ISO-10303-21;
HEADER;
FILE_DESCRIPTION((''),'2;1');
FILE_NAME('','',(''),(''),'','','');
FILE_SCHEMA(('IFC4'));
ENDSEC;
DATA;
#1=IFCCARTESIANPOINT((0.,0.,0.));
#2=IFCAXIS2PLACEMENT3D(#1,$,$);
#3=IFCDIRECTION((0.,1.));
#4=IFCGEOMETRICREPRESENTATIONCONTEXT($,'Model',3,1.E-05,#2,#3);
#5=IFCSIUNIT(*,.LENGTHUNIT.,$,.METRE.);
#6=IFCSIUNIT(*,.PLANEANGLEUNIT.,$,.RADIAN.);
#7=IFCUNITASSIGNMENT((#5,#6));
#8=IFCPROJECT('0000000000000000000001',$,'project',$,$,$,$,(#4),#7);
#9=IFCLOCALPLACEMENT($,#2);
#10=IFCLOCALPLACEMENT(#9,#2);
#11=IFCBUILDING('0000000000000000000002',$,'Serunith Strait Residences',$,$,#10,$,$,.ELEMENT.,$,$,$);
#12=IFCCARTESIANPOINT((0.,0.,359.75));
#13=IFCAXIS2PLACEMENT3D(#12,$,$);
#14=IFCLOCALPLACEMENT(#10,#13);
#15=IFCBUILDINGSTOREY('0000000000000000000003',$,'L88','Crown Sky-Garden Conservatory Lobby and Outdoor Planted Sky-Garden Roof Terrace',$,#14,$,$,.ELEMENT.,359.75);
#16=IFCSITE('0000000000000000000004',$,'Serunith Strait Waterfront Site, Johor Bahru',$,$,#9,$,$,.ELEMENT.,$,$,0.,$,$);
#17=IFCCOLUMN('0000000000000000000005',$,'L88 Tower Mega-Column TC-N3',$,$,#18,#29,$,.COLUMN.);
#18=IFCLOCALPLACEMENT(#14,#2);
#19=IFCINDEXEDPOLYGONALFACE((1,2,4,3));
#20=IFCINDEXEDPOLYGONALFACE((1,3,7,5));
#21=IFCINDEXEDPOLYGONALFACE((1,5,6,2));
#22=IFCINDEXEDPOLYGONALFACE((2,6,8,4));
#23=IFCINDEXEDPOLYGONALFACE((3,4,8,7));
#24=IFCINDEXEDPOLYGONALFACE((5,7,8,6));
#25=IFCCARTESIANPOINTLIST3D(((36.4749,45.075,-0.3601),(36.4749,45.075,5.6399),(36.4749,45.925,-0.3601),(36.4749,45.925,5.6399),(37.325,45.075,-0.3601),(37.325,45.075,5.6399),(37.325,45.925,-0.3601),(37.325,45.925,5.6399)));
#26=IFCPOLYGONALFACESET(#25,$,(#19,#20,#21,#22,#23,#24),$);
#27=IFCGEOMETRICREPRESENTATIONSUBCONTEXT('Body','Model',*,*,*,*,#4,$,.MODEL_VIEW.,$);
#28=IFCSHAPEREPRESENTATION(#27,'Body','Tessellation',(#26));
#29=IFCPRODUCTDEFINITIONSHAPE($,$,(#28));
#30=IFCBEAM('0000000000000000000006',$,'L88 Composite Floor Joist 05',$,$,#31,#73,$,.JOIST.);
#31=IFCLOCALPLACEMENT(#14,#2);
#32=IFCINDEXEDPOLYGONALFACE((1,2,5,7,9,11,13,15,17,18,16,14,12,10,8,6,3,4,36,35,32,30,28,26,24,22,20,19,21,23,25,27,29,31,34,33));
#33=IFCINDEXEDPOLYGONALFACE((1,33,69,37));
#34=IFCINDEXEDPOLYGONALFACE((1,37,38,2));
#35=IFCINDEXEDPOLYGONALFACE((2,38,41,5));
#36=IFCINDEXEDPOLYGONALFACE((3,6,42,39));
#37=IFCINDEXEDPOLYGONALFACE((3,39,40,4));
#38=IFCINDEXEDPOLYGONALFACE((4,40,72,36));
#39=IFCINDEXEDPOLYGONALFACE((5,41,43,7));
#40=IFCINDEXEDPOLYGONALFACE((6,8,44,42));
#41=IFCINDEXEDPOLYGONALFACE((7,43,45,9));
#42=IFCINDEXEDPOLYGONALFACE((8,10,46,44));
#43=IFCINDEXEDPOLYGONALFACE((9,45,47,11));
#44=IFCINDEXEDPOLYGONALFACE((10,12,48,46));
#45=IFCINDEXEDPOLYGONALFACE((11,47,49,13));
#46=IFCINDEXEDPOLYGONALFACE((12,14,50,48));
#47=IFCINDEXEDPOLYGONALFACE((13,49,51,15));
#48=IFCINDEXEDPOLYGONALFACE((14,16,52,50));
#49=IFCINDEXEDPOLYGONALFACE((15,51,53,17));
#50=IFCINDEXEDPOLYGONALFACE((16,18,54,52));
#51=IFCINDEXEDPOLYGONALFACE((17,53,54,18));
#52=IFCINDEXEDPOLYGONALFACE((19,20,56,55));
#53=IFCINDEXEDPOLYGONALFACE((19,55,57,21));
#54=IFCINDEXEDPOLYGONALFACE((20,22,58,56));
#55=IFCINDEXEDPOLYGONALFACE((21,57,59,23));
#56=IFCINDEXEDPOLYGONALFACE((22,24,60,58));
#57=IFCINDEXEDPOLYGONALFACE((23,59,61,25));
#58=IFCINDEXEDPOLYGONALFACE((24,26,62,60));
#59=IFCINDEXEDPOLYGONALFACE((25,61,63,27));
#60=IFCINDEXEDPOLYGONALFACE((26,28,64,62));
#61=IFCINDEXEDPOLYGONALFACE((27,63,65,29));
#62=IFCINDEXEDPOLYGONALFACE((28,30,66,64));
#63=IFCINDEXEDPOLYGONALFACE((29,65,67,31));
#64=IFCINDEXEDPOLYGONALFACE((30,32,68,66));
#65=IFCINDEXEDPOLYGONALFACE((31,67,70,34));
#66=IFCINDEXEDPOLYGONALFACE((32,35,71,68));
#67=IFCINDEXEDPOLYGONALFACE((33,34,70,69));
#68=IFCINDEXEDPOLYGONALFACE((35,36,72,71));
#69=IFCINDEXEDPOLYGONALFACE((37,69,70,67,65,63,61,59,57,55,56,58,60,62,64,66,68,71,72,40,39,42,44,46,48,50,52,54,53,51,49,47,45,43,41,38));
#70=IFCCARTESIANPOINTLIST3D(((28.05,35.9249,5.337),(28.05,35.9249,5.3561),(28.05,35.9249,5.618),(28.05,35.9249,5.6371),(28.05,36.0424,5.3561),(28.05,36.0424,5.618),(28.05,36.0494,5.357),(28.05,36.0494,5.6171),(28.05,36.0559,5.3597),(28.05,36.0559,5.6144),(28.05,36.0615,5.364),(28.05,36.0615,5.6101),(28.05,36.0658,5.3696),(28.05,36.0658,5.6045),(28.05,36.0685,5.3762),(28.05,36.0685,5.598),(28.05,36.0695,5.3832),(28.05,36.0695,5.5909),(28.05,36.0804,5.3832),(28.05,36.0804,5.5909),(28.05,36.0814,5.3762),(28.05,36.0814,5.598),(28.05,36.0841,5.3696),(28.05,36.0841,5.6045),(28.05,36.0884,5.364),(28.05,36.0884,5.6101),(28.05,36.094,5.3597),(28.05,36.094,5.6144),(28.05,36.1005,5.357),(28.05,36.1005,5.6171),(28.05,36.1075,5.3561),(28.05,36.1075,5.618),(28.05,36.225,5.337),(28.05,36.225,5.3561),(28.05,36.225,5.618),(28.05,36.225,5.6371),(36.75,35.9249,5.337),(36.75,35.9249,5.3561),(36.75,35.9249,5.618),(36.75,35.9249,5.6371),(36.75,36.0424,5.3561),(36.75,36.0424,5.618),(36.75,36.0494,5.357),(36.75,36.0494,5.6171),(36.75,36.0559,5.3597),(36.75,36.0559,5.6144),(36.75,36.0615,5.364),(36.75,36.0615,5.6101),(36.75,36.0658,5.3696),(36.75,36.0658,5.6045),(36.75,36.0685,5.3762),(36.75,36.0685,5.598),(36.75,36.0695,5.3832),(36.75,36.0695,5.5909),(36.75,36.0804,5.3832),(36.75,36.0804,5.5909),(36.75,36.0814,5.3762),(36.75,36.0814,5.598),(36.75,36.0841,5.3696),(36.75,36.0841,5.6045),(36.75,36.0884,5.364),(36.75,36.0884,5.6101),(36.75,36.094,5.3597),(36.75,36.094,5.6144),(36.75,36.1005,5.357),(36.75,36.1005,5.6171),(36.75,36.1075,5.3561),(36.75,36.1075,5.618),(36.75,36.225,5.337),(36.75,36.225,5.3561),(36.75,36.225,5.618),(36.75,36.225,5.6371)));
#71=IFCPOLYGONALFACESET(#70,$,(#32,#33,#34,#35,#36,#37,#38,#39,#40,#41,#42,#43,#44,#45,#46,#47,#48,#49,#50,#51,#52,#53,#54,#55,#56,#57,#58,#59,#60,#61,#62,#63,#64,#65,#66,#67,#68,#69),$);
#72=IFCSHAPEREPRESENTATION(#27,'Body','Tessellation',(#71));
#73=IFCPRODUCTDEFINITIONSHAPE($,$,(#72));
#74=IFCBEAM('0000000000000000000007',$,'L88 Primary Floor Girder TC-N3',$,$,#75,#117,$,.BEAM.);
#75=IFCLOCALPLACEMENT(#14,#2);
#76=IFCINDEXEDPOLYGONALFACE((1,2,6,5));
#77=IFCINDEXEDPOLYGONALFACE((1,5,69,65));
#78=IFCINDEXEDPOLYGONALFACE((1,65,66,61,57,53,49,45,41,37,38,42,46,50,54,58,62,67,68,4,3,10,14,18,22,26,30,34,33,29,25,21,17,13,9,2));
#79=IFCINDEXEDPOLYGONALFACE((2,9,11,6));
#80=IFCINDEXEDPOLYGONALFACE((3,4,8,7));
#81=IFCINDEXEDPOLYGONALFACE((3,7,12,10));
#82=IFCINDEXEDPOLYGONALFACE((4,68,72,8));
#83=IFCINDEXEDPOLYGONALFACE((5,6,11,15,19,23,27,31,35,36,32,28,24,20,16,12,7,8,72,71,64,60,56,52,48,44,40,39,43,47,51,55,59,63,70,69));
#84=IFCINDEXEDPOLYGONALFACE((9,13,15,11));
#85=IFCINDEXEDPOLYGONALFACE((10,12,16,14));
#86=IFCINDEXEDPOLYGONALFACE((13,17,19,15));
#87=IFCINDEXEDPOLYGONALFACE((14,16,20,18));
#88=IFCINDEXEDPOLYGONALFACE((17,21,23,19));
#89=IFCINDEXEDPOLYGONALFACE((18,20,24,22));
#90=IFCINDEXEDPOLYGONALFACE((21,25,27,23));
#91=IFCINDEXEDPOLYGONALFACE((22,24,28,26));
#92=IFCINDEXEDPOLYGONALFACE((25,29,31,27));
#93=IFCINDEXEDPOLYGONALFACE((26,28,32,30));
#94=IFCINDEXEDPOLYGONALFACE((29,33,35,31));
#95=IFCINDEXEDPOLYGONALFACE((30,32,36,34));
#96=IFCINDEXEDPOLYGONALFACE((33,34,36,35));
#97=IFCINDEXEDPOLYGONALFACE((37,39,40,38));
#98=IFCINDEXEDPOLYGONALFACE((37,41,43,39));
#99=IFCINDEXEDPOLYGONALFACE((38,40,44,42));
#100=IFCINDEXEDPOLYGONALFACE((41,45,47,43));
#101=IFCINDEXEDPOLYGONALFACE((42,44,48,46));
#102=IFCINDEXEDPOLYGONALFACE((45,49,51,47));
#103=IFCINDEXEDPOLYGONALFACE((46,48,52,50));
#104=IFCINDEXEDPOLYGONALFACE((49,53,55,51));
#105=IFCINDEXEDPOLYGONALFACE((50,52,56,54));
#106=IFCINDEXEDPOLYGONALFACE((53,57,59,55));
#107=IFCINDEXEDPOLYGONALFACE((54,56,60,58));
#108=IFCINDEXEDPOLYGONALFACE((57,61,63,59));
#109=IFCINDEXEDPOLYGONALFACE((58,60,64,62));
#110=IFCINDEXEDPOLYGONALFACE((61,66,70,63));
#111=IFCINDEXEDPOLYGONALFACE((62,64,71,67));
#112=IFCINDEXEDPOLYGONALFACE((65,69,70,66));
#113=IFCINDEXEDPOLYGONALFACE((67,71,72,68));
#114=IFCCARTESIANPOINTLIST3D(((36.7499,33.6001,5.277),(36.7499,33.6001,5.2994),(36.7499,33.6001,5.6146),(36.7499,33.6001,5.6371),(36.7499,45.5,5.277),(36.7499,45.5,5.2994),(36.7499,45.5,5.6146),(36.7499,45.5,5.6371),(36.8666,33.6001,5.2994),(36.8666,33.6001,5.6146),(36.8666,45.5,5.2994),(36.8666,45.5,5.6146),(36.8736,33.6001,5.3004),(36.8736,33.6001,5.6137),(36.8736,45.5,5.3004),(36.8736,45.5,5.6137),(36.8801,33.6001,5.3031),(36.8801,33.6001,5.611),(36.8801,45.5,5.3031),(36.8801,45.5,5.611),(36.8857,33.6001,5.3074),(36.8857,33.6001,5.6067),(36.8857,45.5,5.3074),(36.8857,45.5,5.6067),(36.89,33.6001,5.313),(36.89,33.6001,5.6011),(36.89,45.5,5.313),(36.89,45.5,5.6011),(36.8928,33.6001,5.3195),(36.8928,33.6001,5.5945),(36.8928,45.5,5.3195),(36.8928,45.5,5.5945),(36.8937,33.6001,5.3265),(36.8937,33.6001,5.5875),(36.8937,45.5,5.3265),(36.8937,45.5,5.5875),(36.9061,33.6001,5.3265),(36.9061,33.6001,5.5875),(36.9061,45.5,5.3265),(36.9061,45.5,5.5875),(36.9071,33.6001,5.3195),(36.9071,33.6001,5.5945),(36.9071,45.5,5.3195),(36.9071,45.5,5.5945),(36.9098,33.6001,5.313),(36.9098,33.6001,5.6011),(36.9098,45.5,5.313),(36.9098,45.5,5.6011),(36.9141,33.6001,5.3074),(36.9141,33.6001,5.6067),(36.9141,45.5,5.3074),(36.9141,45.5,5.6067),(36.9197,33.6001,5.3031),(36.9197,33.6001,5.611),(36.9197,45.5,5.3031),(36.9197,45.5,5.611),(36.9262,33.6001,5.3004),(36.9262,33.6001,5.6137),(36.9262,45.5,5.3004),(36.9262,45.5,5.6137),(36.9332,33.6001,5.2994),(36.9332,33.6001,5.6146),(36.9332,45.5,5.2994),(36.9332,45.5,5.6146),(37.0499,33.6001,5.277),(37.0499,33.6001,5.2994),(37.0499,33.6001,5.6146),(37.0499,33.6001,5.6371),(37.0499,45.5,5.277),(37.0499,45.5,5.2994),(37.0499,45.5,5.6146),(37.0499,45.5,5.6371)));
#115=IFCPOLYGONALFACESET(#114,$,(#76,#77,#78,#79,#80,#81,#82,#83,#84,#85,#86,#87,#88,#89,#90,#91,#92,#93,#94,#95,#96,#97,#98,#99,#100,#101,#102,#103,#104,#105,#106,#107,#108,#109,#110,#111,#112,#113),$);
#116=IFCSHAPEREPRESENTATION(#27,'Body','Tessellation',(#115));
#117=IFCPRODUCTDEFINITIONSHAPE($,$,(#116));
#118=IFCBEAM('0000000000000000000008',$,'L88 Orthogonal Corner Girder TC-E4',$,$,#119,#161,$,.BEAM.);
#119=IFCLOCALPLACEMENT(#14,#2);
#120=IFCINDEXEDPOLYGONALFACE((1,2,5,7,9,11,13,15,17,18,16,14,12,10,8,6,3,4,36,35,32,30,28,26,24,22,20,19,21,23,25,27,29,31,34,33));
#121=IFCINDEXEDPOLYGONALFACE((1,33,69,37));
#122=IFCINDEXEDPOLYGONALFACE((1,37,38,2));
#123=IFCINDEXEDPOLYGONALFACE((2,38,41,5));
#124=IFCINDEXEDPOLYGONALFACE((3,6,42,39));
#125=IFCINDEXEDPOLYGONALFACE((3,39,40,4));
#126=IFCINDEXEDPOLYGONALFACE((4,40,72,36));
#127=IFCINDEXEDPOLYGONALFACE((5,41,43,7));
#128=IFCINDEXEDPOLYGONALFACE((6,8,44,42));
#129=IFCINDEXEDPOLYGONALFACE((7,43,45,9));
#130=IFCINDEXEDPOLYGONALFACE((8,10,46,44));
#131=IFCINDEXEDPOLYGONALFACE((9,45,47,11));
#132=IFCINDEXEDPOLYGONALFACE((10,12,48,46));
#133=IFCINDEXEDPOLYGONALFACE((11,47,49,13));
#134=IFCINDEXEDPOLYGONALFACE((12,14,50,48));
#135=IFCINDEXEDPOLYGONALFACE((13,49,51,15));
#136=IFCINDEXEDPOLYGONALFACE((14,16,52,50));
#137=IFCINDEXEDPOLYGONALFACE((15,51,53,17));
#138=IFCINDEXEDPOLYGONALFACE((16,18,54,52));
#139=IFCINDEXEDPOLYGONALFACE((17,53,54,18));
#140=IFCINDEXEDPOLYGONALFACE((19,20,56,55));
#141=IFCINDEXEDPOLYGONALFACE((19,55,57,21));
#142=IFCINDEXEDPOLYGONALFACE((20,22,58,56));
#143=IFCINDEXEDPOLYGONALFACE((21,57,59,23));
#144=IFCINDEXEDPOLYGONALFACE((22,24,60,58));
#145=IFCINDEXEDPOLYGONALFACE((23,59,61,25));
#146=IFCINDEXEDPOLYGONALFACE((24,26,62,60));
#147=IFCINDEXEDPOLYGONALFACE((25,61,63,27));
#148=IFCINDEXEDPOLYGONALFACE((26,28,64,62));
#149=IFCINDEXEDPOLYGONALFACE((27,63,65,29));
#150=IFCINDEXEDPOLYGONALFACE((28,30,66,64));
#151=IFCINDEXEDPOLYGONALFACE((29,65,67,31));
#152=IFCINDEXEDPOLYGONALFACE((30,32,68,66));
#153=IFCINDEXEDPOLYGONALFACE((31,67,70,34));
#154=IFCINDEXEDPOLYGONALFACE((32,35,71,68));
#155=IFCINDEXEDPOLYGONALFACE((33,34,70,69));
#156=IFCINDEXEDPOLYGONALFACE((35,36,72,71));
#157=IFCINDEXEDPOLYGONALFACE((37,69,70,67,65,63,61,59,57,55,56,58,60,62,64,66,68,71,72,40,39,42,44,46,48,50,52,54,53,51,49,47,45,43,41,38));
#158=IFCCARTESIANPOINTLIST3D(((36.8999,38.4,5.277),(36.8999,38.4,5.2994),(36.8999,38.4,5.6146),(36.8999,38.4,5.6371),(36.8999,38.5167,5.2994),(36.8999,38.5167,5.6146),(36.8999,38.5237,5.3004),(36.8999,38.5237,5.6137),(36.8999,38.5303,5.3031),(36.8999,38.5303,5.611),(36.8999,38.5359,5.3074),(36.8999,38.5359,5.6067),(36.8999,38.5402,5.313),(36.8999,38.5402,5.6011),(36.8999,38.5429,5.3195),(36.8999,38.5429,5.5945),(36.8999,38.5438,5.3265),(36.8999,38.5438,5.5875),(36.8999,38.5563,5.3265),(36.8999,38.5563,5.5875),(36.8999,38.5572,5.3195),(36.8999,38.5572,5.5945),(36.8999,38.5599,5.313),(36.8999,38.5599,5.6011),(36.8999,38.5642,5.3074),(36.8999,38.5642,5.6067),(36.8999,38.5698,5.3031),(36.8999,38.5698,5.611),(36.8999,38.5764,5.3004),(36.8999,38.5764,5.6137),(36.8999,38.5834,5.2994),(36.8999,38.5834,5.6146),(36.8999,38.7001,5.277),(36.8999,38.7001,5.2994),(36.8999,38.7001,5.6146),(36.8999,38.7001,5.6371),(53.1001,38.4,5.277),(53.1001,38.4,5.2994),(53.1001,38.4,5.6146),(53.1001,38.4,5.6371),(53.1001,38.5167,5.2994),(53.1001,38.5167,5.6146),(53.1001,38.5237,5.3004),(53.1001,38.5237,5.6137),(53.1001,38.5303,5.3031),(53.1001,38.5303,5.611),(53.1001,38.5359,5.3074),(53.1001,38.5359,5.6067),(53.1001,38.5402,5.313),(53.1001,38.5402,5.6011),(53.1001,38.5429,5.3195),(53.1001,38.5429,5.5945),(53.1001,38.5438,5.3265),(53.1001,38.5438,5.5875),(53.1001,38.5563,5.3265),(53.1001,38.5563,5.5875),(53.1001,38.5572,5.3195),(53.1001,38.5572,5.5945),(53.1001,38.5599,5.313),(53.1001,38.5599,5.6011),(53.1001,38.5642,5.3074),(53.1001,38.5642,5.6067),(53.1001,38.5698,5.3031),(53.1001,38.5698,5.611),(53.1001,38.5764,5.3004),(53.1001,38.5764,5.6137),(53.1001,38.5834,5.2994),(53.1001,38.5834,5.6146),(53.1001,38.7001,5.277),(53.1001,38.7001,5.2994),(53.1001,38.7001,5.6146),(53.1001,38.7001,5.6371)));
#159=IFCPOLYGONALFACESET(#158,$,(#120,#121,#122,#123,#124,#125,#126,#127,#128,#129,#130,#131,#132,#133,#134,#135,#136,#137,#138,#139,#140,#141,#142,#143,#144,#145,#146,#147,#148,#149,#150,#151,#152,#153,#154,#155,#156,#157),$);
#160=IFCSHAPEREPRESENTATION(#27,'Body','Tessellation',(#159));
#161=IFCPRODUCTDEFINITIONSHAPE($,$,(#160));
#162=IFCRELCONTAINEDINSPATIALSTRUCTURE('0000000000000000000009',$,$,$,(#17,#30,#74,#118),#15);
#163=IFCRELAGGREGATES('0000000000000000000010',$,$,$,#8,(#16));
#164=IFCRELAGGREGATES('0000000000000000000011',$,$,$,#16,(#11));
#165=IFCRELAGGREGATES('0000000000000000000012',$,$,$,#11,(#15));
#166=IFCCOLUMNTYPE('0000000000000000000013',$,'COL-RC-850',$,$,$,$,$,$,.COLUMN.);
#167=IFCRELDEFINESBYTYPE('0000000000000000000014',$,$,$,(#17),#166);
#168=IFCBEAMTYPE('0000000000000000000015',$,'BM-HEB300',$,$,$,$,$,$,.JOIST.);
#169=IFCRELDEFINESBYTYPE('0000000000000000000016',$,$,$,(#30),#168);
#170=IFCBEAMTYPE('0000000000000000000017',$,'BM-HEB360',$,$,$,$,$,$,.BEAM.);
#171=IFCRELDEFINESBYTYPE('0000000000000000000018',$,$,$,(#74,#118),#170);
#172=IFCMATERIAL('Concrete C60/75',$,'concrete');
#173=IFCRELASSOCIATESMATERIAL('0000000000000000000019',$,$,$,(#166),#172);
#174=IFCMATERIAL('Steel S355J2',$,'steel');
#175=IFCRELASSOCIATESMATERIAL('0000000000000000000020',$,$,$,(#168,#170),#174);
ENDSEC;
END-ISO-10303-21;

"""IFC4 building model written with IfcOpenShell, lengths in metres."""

from ifc_helpers import new_model, si_unit, direction, frame, origin, origin_2d, place, context, subcontext, project, spatial, rectangle, i_section, extrude, source, transform, mapped, material, material_profile, profile_set, type_object, element, save


model = new_model("IFC4")

# Units and contexts
model_context = context("Model", 3, precision=1e-05, world=origin(), true_north=direction((0.0, 1.0)))
body_context = subcontext(model_context, "Body", "Model", "MODEL_VIEW")
ifc_project = project(units=[si_unit("LENGTHUNIT", "METRE"), si_unit("PLANEANGLEUNIT", "RADIAN")], contexts=[model_context])

# Site, building, storey
site_placement = place(None, origin())
site = spatial("IfcSite", under=ifc_project, at=site_placement, Name="Serunith Strait Waterfront Site, Johor Bahru", CompositionType="ELEMENT", RefElevation=0.0)
building_placement = place(site_placement, origin())
building = spatial("IfcBuilding", under=site, at=building_placement, Name="Serunith Strait Residences", CompositionType="ELEMENT")
storey_placement = place(building_placement, frame((0.0, 0.0, 359.75)))
storey = spatial("IfcBuildingStorey", under=building, at=storey_placement, Name="L88", Description="Crown Sky-Garden Conservatory Lobby and Outdoor Planted Sky-Garden Roof Terrace", CompositionType="ELEMENT", Elevation=359.75)

# Column
ifc_material_1 = material(Name="Concrete C60/75", Category="concrete")
ifc_material_profile_1 = material_profile(ifc_material_1, rectangle(XDim=0.8501, YDim=0.8501, at=origin_2d()), Name="RC 850x850")
ifc_profile_set_1 = profile_set([ifc_material_profile_1], Name="Concrete C60/75")
column_type = type_object("IfcColumnType", Name="COL-RC-850", PredefinedType="COLUMN", material=ifc_profile_set_1)
shared_shape_1 = source(origin(), body_context, "Body", "SweptSolid", [
    extrude(rectangle(XDim=0.8501, YDim=0.8501, at=origin_2d()), origin(), (0.0, 0.0, 1.0), 6.0),
])
column_placement = place(storey_placement, frame((36.8999, 45.5, -0.3601), z_axis=(0.0, 0.0, 1.0), x_axis=(1.0, 0.0, 0.0)))
element("IfcColumn", 1, at=column_placement, inside=storey, type_object=column_type, Name="L88 Tower Mega-Column TC-N3", PredefinedType="COLUMN", context=body_context, shape_type="MappedRepresentation", body=[
    mapped(shared_shape_1, transform((0.0, 0.0, 0.0), scale=1.0)),
])

# Beams
ifc_material_2 = material(Name="Steel S355J2", Category="steel")
ifc_material_profile_2 = material_profile(ifc_material_2, i_section(OverallWidth=0.3, OverallDepth=0.3, WebThickness=0.011, FlangeThickness=0.019, FilletRadius=0.0271, at=origin_2d()), Name="HEB 300")
ifc_profile_set_2 = profile_set([ifc_material_profile_2], Name="Steel S355J2")
beam_type_1 = type_object("IfcBeamType", Name="BM-HEB300", PredefinedType="JOIST", material=ifc_profile_set_2)
shared_shape_2 = source(origin(), body_context, "Body", "SweptSolid", [
    extrude(i_section(OverallWidth=0.3, OverallDepth=0.3, WebThickness=0.011, FlangeThickness=0.019, FilletRadius=0.0271, at=origin_2d()), origin(), (0.0, 0.0, 1.0), 8.7),
])
beam_1_placement = place(storey_placement, frame((28.05, 36.075, 5.4871), z_axis=(1.0, 0.0, 0.0), x_axis=(0.0, 1.0, 0.0)))
element("IfcBeam", 2, at=beam_1_placement, inside=storey, type_object=beam_type_1, Name="L88 Composite Floor Joist 05", PredefinedType="JOIST", context=body_context, shape_type="MappedRepresentation", body=[
    mapped(shared_shape_2, transform((0.0, 0.0, 0.0), scale=1.0)),
])
ifc_material_profile_3 = material_profile(ifc_material_2, i_section(OverallWidth=0.3, OverallDepth=0.3601, WebThickness=0.0125, FlangeThickness=0.0225, FilletRadius=0.0271, at=origin_2d()), Name="HEB 360")
ifc_profile_set_3 = profile_set([ifc_material_profile_3], Name="Steel S355J2")
beam_type_2 = type_object("IfcBeamType", Name="BM-HEB360", PredefinedType="BEAM", material=ifc_profile_set_3)
shared_shape_3 = source(origin(), body_context, "Body", "SweptSolid", [
    extrude(i_section(OverallWidth=0.3, OverallDepth=0.3601, WebThickness=0.0125, FlangeThickness=0.0225, FilletRadius=0.0271, at=origin_2d()), origin(), (0.0, 0.0, 1.0), 11.8999),
])
beam_2_placement = place(storey_placement, frame((36.8999, 33.6001, 5.457), z_axis=(0.0, 1.0, 0.0), x_axis=(-1.0, 0.0, 0.0)))
element("IfcBeam", 3, at=beam_2_placement, inside=storey, type_object=beam_type_2, Name="L88 Primary Floor Girder TC-N3", PredefinedType="BEAM", context=body_context, shape_type="MappedRepresentation", body=[
    mapped(shared_shape_3, transform((0.0, 0.0, 0.0), scale=1.0)),
])
shared_shape_4 = source(origin(), body_context, "Body", "SweptSolid", [
    extrude(i_section(OverallWidth=0.3, OverallDepth=0.3601, WebThickness=0.0125, FlangeThickness=0.0225, FilletRadius=0.0271, at=origin_2d()), origin(), (0.0, 0.0, 1.0), 16.2002),
])
beam_3_placement = place(storey_placement, frame((36.8999, 38.55, 5.457), z_axis=(1.0, 0.0, 0.0), x_axis=(0.0, 1.0, 0.0)))
element("IfcBeam", 4, at=beam_3_placement, inside=storey, type_object=beam_type_2, Name="L88 Orthogonal Corner Girder TC-E4", PredefinedType="BEAM", context=body_context, shape_type="MappedRepresentation", body=[
    mapped(shared_shape_4, transform((0.0, 0.0, 0.0), scale=1.0)),
])

save(model, "model.ifc")
